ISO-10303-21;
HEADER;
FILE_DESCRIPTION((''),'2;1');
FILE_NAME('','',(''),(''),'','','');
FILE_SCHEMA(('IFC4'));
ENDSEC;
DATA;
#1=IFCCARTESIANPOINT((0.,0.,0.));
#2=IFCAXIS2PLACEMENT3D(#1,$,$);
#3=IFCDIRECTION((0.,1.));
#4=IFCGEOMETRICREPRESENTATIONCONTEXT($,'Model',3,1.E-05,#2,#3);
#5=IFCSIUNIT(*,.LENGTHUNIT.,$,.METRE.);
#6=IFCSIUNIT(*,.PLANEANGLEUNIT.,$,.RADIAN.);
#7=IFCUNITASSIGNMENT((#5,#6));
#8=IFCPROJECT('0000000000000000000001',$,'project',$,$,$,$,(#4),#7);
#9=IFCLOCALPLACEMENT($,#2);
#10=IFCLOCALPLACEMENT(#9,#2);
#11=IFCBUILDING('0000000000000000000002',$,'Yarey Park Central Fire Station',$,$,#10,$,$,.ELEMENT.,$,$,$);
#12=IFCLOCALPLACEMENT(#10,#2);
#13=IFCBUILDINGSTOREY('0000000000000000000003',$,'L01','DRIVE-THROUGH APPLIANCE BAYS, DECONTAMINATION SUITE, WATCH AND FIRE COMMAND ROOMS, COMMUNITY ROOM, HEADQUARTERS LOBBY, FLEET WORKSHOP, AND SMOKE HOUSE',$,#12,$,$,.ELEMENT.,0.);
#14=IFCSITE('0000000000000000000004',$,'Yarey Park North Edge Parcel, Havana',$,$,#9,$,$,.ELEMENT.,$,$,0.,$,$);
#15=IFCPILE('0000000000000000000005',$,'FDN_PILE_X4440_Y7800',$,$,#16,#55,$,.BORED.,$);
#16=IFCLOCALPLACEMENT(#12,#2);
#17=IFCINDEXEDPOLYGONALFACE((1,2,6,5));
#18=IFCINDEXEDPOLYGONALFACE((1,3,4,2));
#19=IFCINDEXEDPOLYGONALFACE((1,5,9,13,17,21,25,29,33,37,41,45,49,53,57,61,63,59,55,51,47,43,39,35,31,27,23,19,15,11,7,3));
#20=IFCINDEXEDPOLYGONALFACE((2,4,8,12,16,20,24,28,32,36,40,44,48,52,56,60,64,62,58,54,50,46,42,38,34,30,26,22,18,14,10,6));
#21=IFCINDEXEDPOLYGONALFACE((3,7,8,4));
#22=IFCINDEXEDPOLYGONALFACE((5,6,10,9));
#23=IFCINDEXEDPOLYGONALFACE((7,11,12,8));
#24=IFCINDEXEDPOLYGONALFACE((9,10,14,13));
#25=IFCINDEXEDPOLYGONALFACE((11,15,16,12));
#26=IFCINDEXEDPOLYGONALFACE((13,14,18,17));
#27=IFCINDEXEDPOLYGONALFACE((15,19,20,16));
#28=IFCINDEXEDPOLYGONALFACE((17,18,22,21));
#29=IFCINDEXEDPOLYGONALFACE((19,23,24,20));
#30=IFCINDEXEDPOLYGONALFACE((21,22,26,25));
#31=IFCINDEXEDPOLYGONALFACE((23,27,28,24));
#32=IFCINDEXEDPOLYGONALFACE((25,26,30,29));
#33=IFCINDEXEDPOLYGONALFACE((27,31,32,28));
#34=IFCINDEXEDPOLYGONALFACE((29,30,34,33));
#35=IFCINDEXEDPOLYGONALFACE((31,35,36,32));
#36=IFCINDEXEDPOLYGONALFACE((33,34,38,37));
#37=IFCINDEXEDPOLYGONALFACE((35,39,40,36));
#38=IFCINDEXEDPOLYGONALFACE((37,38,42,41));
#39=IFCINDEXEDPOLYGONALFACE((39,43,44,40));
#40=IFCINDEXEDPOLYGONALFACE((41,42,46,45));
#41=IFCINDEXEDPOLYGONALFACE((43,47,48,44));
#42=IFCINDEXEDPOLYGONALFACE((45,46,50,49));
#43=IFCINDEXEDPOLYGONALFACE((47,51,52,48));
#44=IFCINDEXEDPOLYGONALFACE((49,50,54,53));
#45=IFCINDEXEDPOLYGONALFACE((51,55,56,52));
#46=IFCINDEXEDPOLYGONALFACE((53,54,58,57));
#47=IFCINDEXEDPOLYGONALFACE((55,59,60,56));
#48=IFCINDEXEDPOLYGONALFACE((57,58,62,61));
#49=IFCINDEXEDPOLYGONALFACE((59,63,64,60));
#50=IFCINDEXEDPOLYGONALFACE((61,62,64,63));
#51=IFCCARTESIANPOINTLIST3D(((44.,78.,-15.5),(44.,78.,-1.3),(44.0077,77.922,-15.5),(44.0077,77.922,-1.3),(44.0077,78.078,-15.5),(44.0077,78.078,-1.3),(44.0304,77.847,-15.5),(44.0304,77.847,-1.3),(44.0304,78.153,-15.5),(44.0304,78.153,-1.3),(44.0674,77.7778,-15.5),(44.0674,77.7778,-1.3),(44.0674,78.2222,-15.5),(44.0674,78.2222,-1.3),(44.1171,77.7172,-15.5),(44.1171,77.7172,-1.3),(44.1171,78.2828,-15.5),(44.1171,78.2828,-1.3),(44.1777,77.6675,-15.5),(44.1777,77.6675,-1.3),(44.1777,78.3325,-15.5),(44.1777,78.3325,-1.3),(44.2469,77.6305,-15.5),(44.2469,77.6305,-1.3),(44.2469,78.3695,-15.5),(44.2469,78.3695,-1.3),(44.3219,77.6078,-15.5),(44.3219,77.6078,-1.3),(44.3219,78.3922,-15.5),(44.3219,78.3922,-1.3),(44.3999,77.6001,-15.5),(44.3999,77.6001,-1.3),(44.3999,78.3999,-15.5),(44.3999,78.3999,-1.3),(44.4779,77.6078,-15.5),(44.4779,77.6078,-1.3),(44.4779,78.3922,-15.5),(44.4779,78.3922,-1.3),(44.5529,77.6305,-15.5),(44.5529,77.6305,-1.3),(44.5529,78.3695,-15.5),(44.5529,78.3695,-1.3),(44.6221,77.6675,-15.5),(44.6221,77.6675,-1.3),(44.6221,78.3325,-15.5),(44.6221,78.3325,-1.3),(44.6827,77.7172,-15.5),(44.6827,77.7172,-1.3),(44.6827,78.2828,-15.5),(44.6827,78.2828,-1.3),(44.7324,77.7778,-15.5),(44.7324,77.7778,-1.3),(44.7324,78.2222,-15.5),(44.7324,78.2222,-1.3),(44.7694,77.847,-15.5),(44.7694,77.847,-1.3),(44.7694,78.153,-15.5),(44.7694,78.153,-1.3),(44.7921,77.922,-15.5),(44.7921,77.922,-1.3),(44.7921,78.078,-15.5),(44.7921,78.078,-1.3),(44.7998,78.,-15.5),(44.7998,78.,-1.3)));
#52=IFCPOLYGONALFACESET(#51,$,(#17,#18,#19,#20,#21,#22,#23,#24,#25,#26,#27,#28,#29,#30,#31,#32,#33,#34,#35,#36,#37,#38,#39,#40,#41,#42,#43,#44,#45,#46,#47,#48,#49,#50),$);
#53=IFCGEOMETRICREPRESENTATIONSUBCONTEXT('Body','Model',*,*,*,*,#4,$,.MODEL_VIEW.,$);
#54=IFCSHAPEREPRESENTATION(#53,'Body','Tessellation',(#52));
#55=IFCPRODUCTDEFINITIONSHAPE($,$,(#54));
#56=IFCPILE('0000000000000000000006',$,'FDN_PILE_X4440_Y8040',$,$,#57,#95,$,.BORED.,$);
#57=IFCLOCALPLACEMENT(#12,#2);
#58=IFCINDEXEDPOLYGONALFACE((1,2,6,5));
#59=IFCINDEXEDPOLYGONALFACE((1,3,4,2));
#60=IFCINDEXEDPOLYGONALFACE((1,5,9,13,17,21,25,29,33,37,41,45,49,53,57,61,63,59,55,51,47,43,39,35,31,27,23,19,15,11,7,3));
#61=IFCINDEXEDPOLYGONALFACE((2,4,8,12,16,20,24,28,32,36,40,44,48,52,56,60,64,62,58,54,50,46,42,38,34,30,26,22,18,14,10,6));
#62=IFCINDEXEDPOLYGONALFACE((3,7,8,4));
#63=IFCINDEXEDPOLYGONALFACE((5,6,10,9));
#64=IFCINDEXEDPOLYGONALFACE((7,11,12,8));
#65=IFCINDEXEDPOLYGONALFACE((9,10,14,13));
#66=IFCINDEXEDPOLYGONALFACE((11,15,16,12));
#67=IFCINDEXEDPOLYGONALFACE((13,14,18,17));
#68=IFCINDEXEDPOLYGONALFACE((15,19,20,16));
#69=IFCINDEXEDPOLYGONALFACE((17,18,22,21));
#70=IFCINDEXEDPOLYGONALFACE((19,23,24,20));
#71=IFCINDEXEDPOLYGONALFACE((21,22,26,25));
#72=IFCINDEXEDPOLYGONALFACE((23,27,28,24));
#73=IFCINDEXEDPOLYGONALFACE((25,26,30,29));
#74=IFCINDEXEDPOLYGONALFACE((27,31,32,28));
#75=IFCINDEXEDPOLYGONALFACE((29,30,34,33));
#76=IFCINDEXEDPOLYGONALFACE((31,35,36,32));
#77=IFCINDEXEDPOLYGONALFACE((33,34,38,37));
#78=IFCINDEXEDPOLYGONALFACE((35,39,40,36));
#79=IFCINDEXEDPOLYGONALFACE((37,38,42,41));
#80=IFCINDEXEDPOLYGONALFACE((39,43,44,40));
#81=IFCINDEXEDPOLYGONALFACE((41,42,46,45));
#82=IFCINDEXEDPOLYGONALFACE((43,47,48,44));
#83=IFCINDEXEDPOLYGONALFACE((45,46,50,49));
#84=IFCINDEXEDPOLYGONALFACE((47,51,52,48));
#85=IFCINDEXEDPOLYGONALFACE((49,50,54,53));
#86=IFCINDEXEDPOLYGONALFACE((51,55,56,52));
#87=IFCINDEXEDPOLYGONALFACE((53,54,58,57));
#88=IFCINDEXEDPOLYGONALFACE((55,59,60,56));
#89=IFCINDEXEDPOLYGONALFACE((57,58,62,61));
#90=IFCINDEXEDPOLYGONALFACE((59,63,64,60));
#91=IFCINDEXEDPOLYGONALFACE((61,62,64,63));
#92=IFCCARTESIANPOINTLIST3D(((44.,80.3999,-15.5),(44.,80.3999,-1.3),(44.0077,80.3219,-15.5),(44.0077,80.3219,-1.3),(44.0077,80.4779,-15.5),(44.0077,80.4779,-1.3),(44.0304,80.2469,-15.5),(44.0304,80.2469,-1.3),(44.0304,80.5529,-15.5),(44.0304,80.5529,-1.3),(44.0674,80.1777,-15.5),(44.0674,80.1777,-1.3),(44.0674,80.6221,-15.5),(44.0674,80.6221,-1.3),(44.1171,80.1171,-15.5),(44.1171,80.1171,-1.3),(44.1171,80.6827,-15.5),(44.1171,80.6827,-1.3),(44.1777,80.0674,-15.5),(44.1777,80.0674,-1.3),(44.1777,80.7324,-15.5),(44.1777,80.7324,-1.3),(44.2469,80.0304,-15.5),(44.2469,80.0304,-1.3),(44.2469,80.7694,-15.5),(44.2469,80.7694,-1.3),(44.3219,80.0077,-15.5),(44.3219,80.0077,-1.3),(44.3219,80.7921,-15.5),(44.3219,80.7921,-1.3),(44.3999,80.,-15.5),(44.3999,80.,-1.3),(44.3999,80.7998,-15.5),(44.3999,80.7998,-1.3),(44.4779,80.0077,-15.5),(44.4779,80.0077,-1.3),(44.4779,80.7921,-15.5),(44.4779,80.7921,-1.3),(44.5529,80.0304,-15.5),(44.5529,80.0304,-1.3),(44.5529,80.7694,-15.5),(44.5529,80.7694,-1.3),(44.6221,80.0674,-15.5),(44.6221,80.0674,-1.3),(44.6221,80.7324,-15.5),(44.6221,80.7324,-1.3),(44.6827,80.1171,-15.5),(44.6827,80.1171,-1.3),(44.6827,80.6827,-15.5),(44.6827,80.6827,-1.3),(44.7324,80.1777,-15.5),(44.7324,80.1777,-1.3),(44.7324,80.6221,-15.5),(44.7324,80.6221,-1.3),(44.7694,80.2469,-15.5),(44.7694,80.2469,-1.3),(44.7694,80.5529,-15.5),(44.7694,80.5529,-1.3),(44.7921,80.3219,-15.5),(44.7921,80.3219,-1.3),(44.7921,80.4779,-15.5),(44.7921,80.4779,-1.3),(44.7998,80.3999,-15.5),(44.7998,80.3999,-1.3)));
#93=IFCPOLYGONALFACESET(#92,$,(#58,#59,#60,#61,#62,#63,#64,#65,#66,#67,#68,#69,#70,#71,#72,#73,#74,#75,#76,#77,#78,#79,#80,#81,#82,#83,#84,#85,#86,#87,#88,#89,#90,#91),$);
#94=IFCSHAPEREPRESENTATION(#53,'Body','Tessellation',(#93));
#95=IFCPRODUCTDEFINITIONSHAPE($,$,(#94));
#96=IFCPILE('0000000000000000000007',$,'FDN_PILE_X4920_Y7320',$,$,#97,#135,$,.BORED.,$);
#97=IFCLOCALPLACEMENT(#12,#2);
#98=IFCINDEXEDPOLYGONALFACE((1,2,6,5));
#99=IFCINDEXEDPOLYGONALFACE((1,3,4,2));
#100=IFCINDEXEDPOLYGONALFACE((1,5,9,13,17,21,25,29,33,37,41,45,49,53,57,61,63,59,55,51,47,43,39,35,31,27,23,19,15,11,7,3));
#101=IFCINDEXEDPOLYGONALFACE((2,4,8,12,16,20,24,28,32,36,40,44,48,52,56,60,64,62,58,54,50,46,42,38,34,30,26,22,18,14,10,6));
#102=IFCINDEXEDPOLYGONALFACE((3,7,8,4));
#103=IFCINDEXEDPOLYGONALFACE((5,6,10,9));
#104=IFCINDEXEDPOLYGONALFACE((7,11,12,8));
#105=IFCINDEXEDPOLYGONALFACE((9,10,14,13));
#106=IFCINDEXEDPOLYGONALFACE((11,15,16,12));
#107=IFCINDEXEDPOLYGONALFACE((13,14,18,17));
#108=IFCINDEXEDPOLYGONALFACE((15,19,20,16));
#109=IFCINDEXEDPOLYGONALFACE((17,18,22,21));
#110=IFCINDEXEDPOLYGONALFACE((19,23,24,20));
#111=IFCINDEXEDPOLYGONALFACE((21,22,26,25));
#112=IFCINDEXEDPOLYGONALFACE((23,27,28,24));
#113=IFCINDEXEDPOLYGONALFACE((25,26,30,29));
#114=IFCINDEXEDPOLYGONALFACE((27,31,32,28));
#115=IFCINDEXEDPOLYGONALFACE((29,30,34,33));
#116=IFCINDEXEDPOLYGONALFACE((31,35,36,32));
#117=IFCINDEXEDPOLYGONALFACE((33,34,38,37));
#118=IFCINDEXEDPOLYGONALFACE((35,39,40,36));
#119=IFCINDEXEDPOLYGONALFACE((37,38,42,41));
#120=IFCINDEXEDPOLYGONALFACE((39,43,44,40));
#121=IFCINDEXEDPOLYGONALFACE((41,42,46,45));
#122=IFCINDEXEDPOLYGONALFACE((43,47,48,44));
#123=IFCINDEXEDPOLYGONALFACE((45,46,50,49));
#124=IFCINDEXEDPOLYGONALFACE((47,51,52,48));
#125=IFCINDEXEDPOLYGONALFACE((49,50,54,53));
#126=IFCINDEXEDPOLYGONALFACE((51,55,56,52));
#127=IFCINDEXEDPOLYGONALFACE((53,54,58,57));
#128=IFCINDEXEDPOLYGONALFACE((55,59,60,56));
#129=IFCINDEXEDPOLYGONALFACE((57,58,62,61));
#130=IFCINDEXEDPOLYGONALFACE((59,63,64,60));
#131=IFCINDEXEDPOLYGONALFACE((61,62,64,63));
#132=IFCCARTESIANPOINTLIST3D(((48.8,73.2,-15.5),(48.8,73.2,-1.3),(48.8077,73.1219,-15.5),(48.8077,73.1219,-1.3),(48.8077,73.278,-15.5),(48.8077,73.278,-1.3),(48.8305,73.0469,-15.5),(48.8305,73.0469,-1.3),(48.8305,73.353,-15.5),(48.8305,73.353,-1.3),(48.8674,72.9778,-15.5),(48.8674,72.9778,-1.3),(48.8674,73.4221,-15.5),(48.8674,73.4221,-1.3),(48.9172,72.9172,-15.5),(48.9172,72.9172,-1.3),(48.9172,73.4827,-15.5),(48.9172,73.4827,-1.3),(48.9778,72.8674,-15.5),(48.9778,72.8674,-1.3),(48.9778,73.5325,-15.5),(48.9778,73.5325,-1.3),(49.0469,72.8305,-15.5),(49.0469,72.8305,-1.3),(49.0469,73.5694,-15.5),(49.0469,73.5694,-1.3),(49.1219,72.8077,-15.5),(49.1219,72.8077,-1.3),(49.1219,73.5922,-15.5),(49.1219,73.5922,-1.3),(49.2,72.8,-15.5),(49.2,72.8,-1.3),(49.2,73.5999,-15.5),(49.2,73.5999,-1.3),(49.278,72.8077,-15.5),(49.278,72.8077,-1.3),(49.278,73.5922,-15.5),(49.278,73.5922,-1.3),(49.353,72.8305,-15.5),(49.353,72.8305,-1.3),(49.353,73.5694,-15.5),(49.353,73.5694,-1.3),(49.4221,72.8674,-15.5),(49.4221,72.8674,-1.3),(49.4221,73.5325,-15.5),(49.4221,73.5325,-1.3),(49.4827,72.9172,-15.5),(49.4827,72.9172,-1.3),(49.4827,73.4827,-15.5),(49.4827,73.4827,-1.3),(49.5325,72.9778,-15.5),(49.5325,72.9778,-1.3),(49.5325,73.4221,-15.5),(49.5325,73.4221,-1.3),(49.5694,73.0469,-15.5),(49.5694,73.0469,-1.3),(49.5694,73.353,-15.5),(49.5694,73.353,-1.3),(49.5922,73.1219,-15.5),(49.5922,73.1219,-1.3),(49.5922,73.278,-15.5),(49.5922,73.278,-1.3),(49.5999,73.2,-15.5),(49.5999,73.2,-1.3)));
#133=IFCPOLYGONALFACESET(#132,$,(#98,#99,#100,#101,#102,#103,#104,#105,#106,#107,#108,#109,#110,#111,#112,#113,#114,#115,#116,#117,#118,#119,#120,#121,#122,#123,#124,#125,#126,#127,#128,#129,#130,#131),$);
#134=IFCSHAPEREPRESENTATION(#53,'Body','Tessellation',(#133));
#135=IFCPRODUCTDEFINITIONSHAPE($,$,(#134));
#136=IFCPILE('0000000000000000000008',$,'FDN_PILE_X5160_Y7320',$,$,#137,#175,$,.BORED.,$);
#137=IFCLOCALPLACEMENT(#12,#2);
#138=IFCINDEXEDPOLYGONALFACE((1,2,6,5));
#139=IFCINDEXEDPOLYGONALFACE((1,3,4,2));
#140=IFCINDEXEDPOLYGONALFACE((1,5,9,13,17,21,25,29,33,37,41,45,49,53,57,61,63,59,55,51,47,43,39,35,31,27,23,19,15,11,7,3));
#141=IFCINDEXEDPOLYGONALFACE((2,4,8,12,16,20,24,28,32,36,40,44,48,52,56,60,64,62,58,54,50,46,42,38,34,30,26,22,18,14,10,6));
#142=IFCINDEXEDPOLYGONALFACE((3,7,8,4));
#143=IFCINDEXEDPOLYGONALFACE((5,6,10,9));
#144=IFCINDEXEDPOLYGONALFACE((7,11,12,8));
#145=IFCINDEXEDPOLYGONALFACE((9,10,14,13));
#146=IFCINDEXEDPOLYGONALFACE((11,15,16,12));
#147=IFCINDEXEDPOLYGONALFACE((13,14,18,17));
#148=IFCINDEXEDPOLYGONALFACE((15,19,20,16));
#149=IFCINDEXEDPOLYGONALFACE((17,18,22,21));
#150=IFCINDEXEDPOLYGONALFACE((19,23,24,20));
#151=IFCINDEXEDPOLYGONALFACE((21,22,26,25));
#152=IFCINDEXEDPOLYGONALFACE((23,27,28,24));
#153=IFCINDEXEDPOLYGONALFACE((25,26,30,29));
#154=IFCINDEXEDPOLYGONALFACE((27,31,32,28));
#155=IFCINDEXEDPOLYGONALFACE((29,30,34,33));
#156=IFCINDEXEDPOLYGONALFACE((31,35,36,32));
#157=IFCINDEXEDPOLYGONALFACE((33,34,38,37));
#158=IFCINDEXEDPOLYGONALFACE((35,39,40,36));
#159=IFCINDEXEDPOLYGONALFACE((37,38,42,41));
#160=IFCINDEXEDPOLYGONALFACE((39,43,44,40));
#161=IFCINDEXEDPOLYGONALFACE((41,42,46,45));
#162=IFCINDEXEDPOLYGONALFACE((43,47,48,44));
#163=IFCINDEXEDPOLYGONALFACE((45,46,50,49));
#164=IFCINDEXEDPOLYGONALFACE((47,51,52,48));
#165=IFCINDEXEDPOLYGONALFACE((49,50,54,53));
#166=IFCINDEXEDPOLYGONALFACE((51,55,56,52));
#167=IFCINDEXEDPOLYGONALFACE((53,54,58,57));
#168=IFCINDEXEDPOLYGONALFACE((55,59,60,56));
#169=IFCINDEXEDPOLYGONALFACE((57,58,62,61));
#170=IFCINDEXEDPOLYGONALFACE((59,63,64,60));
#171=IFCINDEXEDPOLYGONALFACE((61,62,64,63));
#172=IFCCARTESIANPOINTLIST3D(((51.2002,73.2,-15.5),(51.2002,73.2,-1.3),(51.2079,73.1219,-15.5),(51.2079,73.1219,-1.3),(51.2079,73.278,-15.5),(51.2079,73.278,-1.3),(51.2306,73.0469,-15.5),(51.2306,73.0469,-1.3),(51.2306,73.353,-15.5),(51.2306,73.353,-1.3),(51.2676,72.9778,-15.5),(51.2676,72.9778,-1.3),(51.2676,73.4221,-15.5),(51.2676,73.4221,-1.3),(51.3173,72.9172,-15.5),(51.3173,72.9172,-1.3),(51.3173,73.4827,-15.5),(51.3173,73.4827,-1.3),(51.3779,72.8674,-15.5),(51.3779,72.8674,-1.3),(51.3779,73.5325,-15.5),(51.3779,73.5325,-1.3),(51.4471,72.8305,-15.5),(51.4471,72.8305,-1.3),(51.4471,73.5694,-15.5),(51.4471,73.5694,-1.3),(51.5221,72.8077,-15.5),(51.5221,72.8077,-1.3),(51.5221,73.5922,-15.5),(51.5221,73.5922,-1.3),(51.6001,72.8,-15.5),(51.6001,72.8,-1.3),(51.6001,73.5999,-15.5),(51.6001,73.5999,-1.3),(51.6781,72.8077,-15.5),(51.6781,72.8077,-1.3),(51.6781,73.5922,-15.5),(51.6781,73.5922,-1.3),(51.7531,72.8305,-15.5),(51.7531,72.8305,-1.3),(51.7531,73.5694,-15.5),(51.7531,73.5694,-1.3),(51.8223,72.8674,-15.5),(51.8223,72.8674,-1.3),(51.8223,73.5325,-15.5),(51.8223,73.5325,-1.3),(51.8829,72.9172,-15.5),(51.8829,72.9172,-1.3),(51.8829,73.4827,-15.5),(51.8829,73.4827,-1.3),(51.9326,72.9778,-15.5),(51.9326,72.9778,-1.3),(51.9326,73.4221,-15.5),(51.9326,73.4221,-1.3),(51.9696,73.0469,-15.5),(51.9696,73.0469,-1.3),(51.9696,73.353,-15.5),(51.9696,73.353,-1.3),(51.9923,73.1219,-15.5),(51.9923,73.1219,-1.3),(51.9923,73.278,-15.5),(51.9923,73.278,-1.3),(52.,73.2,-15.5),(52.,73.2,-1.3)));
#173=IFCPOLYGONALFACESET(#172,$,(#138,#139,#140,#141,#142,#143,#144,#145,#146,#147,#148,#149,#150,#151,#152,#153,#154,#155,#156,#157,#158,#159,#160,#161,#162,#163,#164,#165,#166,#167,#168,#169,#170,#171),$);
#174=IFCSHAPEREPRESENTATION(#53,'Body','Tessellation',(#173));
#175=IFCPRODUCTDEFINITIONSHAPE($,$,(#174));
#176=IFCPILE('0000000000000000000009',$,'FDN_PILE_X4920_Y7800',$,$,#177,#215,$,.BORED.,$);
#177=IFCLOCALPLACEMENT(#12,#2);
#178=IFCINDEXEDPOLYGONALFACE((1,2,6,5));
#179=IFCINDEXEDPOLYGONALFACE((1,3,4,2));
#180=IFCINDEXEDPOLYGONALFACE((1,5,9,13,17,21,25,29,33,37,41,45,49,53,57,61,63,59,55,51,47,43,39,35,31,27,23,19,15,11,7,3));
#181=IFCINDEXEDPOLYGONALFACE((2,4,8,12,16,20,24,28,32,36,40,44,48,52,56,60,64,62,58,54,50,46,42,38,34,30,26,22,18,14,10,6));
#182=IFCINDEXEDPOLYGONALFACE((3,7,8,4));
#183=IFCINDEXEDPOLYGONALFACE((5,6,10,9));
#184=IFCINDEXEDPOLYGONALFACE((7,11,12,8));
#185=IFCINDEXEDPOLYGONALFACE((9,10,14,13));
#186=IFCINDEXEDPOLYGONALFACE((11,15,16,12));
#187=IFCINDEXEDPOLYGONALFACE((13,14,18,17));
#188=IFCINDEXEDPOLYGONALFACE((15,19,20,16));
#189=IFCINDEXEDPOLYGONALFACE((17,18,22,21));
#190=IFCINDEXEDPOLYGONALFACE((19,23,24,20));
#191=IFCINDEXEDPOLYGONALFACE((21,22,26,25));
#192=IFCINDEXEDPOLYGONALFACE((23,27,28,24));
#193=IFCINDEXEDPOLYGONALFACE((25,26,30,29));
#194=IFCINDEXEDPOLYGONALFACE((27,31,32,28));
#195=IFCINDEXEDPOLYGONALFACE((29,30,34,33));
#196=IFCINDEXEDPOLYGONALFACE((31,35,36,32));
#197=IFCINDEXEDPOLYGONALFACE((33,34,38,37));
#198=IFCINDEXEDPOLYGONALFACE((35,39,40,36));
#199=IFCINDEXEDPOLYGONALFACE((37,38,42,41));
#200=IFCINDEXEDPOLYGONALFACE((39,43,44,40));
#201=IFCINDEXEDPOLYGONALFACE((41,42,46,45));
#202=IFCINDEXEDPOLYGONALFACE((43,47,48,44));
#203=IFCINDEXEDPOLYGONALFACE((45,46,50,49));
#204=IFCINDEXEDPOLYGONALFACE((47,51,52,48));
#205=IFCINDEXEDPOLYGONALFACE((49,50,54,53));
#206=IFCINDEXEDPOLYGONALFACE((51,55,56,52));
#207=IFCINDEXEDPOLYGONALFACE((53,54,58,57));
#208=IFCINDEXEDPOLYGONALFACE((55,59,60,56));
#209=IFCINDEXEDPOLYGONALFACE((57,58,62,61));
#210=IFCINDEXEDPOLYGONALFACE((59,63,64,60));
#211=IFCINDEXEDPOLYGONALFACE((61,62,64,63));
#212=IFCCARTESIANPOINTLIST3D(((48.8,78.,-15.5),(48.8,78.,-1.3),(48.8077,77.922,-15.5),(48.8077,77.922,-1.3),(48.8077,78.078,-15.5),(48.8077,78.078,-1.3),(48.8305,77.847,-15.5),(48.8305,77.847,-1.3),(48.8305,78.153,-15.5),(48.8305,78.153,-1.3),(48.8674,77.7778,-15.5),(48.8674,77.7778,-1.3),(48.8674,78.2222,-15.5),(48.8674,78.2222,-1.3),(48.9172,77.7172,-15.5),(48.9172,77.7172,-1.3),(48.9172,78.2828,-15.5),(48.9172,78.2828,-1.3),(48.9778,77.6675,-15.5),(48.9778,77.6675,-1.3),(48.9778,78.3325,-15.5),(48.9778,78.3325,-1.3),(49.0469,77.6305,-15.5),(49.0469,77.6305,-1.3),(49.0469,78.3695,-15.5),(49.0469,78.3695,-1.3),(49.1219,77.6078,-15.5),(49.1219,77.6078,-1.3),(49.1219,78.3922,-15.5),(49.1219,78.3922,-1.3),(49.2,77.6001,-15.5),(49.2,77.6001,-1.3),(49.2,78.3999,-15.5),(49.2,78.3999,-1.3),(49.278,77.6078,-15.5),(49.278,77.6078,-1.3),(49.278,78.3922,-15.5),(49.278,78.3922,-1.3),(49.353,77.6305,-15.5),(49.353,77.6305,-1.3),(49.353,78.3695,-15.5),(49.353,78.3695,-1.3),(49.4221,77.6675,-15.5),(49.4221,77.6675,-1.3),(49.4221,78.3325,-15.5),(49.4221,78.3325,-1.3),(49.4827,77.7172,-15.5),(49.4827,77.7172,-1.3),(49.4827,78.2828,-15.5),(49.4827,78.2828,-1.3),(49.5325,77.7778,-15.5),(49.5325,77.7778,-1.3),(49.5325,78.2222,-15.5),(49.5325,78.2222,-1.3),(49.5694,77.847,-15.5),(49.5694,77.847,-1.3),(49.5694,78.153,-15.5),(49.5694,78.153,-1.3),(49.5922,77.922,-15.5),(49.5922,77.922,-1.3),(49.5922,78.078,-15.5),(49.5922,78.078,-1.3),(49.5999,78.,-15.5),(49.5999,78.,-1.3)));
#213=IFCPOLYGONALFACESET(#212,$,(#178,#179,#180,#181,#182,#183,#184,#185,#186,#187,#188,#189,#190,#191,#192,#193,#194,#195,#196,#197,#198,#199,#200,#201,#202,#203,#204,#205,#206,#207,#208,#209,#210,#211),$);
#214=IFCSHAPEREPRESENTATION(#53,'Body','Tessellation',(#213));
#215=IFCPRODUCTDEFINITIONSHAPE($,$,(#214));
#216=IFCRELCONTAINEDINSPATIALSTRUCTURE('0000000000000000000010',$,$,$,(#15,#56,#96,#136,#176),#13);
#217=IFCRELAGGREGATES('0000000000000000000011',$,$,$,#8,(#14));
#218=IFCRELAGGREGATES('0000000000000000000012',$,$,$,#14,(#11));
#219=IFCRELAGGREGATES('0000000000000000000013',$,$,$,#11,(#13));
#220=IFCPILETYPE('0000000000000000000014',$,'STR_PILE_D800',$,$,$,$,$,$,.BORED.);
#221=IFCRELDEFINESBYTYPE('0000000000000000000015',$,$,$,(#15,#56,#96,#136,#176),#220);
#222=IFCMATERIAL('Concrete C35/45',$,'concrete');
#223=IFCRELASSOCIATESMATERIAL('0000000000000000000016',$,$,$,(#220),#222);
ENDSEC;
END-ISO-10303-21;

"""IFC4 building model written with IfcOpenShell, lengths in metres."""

from ifc_helpers import new_model, si_unit, direction, frame, origin, origin_2d, place, context, subcontext, project, spatial, circle, extrude, material, material_profile, profile_set, type_object, element, save


model = new_model("IFC4")

# Units and contexts
model_context = context("Model", 3, precision=1e-05, world=origin(), true_north=direction((0.0, 1.0)))
body_context = subcontext(model_context, "Body", "Model", "MODEL_VIEW")
ifc_project = project(units=[si_unit("LENGTHUNIT", "METRE"), si_unit("PLANEANGLEUNIT", "RADIAN")], contexts=[model_context])

# Site, building, storey
site_placement = place(None, origin())
site = spatial("IfcSite", under=ifc_project, at=site_placement, Name="Yarey Park North Edge Parcel, Havana", CompositionType="ELEMENT", RefElevation=0.0)
building_placement = place(site_placement, origin())
building = spatial("IfcBuilding", under=site, at=building_placement, Name="Yarey Park Central Fire Station", CompositionType="ELEMENT")
storey_placement = place(building_placement, origin())
storey = spatial("IfcBuildingStorey", under=building, at=storey_placement, Name="L01", Description="DRIVE-THROUGH APPLIANCE BAYS, DECONTAMINATION SUITE, WATCH AND FIRE COMMAND ROOMS, COMMUNITY ROOM, HEADQUARTERS LOBBY, FLEET WORKSHOP, AND SMOKE HOUSE", CompositionType="ELEMENT", Elevation=0.0)

# Shared definitions
ifc_material_1 = material(Name="Concrete C35/45", Category="concrete")

# Piles
ifc_material_profile_1 = material_profile(ifc_material_1, circle(Radius=0.3999, at=origin_2d()), Name="BORED PILE D800")
ifc_profile_set_1 = profile_set([ifc_material_profile_1], Name="Concrete C35/45")
pile_type = type_object("IfcPileType", Name="STR_PILE_D800", PredefinedType="BORED", material=ifc_profile_set_1)
for number, where, z_axis, x_axis, name in (
    (1, (44.3999, 78.0, -1.3), (0.0, 0.0, -1.0), (1.0, 0.0, 0.0), "FDN_PILE_X4440_Y7800"),
    (2, (44.3999, 80.3999, -1.3), (0.0, 0.0, -1.0), (1.0, 0.0, 0.0), "FDN_PILE_X4440_Y8040"),
    (3, (49.2, 73.2, -1.3), (0.0, 0.0, -1.0), (1.0, 0.0, 0.0), "FDN_PILE_X4920_Y7320"),
    (4, (51.6001, 73.2, -1.3), (0.0, 0.0, -1.0), (1.0, 0.0, 0.0), "FDN_PILE_X5160_Y7320"),
    (5, (49.2, 78.0, -1.3), (0.0, 0.0, -1.0), (1.0, 0.0, 0.0), "FDN_PILE_X4920_Y7800"),
):
    element("IfcPile", number, at=place(storey_placement, frame(where, z_axis=z_axis, x_axis=x_axis)), inside=storey, type_object=pile_type, Name=name, PredefinedType="BORED", context=body_context, shape_type="SweptSolid", body=[
        extrude(circle(Radius=0.3999, at=origin_2d()), origin(), (0.0, 0.0, 1.0), 14.2),
    ])

save(model, "model.ifc")
